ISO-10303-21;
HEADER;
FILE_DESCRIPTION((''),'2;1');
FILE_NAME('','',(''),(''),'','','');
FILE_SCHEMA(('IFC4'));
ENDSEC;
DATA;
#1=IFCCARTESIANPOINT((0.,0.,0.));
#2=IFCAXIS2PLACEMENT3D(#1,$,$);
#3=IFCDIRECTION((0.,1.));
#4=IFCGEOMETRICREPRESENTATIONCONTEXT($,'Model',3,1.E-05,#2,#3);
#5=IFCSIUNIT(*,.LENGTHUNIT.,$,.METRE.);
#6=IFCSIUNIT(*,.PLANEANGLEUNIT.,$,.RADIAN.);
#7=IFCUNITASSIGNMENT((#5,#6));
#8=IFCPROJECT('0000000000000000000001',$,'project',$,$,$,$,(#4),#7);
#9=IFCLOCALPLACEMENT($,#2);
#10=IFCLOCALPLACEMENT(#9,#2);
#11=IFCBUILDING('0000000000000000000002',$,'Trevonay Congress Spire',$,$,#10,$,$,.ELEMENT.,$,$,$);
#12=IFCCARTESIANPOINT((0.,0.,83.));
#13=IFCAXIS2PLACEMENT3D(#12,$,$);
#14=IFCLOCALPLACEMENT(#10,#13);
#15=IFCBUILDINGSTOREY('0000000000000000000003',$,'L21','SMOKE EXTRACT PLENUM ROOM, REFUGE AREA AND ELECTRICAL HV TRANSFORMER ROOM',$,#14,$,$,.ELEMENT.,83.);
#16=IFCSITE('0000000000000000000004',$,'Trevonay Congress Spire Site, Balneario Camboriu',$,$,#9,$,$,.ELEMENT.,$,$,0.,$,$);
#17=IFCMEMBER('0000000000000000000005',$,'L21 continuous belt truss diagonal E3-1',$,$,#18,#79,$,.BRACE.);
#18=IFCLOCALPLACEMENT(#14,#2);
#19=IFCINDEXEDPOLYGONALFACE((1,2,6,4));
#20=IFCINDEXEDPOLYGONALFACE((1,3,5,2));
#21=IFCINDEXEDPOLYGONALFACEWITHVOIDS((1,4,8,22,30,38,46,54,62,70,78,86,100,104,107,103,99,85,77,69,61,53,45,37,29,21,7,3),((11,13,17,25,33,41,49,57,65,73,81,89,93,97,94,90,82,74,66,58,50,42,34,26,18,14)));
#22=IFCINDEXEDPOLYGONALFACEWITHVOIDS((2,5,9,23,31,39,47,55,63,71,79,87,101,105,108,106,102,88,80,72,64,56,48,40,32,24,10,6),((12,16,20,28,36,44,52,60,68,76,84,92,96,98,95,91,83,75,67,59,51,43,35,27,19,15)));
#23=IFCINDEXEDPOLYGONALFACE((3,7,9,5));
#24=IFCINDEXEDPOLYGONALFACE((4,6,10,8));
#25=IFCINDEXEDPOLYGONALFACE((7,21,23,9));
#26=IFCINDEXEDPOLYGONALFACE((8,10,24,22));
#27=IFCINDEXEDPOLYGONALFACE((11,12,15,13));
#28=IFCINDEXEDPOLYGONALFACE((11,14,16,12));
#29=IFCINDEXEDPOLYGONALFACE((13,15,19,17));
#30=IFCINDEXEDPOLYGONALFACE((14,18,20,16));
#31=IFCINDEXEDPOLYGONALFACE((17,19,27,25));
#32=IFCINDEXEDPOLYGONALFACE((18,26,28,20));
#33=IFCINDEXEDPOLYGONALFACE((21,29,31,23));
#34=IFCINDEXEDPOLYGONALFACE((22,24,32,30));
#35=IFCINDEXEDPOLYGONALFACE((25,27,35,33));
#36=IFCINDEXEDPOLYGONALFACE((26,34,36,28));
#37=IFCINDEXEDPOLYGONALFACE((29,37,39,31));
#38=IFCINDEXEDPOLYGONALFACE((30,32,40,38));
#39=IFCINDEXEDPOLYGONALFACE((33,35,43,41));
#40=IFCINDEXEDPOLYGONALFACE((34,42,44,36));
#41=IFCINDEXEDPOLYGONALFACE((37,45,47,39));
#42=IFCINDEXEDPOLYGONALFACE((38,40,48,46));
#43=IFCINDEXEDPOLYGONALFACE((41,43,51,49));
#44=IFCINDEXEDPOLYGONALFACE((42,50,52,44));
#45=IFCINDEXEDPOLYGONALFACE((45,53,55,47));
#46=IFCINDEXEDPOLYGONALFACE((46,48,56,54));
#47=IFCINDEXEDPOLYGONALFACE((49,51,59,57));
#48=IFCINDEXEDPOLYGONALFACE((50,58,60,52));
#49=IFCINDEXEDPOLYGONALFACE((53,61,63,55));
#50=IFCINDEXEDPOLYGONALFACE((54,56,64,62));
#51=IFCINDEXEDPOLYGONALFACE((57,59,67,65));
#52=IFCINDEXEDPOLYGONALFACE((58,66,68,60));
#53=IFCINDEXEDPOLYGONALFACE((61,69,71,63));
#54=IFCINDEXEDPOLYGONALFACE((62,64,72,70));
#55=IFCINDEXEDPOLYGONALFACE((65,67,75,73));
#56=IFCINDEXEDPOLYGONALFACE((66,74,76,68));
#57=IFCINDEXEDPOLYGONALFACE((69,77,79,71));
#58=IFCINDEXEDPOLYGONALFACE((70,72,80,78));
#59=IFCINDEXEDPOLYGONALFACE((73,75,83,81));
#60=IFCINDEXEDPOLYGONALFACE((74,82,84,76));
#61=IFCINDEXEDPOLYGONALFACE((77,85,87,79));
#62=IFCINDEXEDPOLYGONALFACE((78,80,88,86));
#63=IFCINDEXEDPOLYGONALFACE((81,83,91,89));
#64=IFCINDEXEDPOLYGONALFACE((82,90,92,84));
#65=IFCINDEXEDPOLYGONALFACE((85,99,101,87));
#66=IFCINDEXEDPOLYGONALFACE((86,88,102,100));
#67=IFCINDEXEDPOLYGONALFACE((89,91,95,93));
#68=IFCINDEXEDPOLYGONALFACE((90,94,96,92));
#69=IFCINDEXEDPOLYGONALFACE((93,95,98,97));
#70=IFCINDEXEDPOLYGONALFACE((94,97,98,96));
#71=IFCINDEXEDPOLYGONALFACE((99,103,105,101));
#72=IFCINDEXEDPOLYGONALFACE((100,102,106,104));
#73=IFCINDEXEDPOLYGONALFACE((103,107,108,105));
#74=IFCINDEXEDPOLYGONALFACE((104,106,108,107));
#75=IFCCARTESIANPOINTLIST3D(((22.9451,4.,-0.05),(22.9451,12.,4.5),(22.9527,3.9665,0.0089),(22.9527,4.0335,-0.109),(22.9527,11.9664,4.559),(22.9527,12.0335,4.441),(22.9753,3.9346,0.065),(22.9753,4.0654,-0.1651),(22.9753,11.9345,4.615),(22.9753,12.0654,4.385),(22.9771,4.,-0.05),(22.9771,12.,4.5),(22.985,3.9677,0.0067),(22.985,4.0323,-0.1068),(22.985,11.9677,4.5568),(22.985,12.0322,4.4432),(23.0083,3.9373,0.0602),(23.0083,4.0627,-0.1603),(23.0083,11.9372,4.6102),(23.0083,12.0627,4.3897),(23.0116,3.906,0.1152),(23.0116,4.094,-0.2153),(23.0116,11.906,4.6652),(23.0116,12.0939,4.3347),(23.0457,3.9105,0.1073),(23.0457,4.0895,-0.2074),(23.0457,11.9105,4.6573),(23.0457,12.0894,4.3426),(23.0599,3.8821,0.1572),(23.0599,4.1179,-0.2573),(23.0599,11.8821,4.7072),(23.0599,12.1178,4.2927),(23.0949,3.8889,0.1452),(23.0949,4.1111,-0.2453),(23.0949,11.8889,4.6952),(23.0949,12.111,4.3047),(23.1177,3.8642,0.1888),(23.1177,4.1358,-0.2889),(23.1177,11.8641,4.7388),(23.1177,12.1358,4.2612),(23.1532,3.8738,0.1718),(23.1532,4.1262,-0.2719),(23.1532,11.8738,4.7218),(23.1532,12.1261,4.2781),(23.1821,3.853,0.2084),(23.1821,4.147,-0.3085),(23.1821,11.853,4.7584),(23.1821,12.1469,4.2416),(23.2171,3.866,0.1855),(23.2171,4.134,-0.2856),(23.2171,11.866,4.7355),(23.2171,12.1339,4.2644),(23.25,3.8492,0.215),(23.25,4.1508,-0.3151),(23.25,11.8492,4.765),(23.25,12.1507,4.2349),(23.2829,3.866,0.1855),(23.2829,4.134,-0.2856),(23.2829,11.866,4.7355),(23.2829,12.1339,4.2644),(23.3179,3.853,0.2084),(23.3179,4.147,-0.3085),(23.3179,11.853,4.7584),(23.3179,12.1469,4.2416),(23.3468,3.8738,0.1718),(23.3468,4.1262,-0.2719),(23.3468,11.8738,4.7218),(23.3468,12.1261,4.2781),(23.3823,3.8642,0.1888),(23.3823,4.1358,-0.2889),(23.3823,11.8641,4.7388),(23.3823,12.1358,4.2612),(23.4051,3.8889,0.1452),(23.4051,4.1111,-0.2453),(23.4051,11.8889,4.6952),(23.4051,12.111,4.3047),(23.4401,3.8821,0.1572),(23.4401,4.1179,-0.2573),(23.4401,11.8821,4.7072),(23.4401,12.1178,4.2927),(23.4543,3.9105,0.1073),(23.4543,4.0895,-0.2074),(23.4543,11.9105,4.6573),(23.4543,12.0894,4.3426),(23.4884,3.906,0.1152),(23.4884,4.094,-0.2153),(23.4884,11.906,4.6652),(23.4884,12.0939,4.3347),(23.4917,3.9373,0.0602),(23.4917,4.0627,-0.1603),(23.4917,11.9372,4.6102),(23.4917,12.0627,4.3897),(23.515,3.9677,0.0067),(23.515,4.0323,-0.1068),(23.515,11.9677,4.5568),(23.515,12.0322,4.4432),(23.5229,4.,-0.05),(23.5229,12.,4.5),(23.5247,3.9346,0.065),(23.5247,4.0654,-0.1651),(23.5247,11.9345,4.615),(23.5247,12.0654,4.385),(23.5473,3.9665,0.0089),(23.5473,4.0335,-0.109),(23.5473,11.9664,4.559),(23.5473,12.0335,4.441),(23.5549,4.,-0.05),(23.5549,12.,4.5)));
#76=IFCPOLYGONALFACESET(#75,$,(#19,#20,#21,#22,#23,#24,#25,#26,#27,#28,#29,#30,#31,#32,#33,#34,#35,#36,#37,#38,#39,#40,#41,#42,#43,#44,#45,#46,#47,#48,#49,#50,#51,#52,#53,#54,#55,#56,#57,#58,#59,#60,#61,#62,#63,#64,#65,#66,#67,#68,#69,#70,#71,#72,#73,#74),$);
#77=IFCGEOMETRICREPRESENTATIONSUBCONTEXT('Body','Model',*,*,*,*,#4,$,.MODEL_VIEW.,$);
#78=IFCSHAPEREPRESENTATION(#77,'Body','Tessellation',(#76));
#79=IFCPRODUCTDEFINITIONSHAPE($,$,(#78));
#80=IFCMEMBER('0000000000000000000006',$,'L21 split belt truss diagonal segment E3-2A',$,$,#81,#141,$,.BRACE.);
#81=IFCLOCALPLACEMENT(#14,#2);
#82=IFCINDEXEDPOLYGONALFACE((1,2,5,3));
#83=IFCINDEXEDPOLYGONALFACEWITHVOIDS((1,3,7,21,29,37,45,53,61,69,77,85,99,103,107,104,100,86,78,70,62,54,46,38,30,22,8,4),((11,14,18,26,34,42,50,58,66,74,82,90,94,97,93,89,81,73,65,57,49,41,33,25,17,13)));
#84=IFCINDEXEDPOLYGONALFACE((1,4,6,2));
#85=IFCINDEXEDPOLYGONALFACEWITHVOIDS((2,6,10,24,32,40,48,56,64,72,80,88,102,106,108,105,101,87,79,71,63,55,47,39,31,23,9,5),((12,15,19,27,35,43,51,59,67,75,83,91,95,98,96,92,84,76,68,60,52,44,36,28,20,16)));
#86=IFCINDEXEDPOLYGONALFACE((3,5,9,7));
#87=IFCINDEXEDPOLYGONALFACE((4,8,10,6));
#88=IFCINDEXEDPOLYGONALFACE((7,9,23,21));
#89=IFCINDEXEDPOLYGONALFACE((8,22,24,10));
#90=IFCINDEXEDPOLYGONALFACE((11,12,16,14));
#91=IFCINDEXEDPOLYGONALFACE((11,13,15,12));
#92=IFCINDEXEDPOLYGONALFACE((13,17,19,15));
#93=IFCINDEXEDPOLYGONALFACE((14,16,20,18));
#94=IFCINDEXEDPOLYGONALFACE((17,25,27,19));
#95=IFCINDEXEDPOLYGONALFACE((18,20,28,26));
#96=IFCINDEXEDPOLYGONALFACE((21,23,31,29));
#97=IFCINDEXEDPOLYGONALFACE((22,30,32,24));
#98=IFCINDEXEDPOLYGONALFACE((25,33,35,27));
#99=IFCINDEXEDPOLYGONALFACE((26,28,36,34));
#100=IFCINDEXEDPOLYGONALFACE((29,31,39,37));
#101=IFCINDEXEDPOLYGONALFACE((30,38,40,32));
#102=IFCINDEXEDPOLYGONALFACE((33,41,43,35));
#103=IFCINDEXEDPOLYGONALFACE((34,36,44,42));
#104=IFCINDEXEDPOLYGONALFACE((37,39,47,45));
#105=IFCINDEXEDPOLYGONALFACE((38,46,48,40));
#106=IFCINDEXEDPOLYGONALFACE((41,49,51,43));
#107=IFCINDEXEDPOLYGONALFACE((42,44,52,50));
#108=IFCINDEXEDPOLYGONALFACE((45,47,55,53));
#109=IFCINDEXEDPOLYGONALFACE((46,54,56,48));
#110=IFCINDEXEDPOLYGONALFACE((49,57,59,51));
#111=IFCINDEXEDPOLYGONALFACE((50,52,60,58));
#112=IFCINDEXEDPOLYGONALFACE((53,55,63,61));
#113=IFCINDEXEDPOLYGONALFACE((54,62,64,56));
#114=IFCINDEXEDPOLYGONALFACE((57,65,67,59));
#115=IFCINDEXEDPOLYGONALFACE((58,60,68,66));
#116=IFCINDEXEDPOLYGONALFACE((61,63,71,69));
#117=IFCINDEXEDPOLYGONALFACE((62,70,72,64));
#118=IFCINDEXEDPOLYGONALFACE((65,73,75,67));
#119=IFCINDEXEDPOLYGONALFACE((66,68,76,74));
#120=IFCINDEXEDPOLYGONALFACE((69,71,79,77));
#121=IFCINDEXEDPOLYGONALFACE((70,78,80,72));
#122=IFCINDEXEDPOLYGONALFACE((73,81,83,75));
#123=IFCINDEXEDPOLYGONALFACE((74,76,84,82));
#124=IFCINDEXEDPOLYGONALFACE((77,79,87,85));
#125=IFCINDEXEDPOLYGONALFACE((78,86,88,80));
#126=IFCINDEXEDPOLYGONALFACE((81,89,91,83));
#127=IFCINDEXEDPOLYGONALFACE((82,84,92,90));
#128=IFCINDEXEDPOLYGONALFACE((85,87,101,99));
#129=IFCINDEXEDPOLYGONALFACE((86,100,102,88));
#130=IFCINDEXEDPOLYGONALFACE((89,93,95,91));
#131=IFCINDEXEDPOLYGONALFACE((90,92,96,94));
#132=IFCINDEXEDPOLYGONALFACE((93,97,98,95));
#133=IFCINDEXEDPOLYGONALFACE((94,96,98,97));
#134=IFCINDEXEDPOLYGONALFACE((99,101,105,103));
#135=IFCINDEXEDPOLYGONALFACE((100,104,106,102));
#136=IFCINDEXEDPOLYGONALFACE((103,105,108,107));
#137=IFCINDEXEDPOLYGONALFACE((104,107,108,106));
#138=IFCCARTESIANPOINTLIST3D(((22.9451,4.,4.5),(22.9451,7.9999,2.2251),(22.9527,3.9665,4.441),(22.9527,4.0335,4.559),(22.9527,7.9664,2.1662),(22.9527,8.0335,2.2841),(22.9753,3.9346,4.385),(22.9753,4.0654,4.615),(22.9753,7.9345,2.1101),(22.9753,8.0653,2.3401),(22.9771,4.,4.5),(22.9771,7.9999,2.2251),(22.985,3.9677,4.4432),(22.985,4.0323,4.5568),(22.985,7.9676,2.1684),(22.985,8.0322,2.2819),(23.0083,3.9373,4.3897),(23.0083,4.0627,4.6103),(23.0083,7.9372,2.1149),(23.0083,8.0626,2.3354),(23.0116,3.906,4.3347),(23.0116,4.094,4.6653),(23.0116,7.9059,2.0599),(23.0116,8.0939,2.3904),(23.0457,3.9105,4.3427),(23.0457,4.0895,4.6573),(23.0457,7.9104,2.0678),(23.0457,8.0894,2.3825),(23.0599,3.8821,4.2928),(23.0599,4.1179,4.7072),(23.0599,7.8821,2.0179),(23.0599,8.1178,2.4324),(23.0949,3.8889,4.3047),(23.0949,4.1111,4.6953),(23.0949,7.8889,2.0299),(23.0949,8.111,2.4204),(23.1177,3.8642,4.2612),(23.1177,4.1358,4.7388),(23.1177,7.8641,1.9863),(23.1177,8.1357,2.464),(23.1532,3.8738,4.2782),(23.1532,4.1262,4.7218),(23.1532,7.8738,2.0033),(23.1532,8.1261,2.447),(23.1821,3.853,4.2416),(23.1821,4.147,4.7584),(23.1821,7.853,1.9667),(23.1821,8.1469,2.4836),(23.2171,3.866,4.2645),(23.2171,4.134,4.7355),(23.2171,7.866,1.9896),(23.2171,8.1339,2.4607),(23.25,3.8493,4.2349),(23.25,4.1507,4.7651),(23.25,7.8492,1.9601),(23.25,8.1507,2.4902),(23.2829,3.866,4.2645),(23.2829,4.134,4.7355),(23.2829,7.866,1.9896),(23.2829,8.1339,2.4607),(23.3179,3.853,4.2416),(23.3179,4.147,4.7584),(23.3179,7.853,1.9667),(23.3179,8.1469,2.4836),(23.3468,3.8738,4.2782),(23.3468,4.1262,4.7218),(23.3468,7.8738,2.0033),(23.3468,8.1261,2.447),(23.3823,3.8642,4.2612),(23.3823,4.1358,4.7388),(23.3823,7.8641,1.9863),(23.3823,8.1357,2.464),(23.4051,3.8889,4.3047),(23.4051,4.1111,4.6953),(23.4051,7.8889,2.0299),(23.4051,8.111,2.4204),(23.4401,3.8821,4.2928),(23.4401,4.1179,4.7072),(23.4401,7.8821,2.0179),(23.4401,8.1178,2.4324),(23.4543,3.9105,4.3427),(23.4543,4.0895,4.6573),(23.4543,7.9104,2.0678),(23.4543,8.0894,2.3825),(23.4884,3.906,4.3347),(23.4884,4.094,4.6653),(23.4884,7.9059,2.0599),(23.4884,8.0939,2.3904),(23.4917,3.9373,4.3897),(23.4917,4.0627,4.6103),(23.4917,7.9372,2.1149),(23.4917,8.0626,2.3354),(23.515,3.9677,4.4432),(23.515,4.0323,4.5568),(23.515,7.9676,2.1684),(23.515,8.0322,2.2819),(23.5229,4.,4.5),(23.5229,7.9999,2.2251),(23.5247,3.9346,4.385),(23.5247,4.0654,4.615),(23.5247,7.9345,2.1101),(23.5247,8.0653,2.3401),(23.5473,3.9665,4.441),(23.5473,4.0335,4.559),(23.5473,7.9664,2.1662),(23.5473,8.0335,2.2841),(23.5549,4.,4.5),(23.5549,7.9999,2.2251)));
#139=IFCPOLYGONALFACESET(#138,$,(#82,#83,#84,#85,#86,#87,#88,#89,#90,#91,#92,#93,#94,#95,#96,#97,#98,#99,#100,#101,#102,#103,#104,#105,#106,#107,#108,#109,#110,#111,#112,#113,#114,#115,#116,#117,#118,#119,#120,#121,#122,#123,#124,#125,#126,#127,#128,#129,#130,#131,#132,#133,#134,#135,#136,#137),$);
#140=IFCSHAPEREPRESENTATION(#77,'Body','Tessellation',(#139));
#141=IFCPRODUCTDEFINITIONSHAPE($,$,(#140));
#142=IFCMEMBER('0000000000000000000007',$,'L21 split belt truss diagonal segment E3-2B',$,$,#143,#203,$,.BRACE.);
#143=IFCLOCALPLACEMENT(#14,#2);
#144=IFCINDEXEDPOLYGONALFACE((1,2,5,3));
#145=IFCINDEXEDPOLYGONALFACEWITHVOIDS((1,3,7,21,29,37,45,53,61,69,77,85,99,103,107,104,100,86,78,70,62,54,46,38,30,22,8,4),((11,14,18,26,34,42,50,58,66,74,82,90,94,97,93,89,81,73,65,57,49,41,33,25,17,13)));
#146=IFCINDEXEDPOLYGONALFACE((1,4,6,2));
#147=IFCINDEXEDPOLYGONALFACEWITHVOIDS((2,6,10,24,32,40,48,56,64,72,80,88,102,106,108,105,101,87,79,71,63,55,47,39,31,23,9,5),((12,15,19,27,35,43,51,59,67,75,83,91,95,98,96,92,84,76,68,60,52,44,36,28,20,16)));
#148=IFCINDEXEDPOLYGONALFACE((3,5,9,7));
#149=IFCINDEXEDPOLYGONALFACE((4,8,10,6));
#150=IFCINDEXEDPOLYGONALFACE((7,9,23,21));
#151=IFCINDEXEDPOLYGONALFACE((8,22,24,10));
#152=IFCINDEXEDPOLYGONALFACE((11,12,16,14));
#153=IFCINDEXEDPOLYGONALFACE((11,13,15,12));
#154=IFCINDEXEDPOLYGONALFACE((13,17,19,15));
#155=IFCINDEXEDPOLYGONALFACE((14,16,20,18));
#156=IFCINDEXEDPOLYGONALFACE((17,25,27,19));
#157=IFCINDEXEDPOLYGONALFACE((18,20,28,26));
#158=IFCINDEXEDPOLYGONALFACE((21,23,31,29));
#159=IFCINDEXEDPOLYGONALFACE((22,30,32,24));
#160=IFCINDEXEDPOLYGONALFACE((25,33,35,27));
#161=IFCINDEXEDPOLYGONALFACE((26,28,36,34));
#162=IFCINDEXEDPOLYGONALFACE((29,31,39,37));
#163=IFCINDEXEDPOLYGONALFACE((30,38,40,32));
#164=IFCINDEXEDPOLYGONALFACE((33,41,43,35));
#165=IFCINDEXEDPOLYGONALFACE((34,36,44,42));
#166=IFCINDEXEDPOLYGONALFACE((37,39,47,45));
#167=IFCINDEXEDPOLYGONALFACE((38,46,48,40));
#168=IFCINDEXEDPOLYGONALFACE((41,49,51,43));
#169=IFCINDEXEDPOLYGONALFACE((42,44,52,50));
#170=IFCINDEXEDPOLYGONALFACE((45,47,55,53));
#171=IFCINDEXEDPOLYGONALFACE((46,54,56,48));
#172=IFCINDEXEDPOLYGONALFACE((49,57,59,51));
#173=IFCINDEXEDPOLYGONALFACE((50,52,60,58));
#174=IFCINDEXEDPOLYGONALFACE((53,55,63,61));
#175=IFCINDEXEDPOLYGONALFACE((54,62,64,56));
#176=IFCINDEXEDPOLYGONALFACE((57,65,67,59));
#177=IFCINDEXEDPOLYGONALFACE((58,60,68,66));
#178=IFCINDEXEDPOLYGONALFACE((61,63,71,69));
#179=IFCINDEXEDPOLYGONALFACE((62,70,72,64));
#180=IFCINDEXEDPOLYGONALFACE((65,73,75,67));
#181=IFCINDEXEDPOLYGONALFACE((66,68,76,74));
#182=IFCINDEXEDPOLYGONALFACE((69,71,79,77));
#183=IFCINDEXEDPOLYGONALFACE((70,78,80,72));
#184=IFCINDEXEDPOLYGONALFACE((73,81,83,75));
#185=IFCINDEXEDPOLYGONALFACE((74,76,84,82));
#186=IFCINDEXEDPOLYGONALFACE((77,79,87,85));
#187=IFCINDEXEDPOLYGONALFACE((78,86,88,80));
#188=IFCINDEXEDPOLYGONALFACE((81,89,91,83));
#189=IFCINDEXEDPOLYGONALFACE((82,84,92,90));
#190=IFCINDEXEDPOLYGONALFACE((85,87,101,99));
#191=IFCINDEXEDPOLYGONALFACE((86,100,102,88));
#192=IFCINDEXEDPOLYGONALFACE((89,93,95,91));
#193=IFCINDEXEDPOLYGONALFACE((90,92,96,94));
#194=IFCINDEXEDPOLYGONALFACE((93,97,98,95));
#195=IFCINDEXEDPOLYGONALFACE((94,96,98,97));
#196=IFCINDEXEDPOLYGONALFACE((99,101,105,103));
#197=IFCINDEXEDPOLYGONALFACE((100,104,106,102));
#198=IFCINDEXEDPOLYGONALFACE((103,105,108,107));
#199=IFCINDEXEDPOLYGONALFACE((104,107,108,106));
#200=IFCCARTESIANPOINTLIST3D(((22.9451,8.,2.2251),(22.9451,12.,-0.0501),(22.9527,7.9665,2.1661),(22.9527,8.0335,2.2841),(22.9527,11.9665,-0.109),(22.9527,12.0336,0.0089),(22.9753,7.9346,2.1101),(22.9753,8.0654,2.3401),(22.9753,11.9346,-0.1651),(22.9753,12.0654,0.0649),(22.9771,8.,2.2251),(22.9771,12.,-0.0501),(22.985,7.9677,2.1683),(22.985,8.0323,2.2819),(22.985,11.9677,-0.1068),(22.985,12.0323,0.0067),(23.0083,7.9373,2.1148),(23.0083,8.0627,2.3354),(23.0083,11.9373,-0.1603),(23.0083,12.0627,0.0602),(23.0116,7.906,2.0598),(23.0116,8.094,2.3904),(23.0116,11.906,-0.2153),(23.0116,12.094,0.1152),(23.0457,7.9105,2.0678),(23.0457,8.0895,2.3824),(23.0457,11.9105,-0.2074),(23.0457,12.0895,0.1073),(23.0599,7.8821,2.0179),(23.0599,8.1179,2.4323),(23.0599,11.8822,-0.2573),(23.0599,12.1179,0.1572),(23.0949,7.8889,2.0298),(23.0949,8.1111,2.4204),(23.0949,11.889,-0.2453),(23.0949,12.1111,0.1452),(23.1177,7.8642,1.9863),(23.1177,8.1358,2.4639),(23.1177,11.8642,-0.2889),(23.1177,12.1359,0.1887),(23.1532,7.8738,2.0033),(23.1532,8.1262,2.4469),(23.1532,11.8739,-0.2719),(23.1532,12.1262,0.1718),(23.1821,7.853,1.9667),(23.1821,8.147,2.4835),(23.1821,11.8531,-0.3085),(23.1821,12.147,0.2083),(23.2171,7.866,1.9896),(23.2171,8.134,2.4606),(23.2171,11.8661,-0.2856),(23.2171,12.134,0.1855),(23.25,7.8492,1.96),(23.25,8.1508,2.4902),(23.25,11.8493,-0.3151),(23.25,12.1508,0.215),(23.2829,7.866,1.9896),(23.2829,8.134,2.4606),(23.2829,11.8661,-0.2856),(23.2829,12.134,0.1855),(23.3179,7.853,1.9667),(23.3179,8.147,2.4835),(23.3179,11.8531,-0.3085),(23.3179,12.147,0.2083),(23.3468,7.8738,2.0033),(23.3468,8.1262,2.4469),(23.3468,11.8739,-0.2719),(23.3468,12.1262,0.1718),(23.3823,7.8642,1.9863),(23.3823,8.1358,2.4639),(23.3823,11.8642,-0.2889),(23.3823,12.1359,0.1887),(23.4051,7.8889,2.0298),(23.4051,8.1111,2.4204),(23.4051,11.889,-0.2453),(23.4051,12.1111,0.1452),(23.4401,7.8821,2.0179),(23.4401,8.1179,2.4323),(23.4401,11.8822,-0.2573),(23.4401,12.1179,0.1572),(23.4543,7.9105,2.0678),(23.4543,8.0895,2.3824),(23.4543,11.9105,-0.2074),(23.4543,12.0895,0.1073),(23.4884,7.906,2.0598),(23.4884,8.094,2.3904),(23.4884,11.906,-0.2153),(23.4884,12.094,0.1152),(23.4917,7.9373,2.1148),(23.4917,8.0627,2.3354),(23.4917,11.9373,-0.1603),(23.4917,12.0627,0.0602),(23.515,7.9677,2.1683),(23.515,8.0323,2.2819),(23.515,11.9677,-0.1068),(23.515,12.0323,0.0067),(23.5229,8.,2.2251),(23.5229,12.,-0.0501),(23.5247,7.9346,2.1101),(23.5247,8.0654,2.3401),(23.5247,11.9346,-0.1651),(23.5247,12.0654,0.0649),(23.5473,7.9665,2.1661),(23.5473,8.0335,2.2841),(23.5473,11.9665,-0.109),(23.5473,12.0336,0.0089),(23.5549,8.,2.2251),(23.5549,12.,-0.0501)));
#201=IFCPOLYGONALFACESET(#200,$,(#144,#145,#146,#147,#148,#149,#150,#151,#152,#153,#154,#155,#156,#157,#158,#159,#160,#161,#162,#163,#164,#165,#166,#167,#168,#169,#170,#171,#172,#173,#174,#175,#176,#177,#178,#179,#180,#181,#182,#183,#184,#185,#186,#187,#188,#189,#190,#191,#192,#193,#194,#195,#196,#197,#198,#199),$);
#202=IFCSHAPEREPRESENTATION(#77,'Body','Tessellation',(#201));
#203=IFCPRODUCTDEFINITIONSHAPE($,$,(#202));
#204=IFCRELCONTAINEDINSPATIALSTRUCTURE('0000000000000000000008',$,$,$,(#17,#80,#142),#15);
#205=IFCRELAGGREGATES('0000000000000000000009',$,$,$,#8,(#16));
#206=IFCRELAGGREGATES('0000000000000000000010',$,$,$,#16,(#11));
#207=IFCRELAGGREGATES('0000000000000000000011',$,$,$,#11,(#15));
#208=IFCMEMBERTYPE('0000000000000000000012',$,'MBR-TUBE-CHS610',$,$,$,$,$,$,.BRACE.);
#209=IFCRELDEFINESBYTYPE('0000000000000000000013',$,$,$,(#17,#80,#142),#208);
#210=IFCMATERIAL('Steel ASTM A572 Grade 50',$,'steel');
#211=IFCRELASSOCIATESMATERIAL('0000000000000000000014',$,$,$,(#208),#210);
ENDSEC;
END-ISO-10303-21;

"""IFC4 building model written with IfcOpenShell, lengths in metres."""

from ifc_helpers import new_model, si_unit, direction, frame, origin, origin_2d, place, context, subcontext, project, spatial, hollow_circle, extrude, material, material_profile, profile_set, type_object, element, save


model = new_model("IFC4")

# Units and contexts
model_context = context("Model", 3, precision=1e-05, world=origin(), true_north=direction((0.0, 1.0)))
body_context = subcontext(model_context, "Body", "Model", "MODEL_VIEW")
ifc_project = project(units=[si_unit("LENGTHUNIT", "METRE"), si_unit("PLANEANGLEUNIT", "RADIAN")], contexts=[model_context])

# Site, building, storey
site_placement = place(None, origin())
site = spatial("IfcSite", under=ifc_project, at=site_placement, Name="Trevonay Congress Spire Site, Balneario Camboriu", CompositionType="ELEMENT", RefElevation=0.0)
building_placement = place(site_placement, origin())
building = spatial("IfcBuilding", under=site, at=building_placement, Name="Trevonay Congress Spire", CompositionType="ELEMENT")
storey_placement = place(building_placement, frame((0.0, 0.0, 83.0)))
storey = spatial("IfcBuildingStorey", under=building, at=storey_placement, Name="L21", Description="SMOKE EXTRACT PLENUM ROOM, REFUGE AREA AND ELECTRICAL HV TRANSFORMER ROOM", CompositionType="ELEMENT", Elevation=83.0)

# Shared definitions
ifc_material_1 = material(Name="Steel ASTM A572 Grade 50", Category="steel")

# Members
ifc_material_profile_1 = material_profile(ifc_material_1, hollow_circle(Radius=0.3049, WallThickness=0.032, at=origin_2d()), Name="CHS 610x32")
ifc_profile_set_1 = profile_set([ifc_material_profile_1], Name="Steel ASTM A572 Grade 50")
member_type_1 = type_object("IfcMemberType", Name="MBR-TUBE-CHS610", PredefinedType="BRACE", material=ifc_profile_set_1)
member_1_placement = place(storey_placement, frame((23.25, 4.0, -0.05), z_axis=(0.0, 0.869242, 0.494387), x_axis=(-1.0, 0.0, 0.0)))
element("IfcMember", 1, at=member_1_placement, inside=storey, type_object=member_type_1, Name="L21 continuous belt truss diagonal E3-1", PredefinedType="BRACE", context=body_context, shape_type="SweptSolid", body=[
    extrude(hollow_circle(Radius=0.3049, WallThickness=0.032, at=origin_2d()), origin(), (0.0, 0.0, 1.0), 9.2034),
])
member_2_placement = place(storey_placement, frame((23.25, 4.0, 4.5), z_axis=(0.0, 0.869253, -0.494367), x_axis=(-1.0, 0.0, 0.0)))
element("IfcMember", 2, at=member_2_placement, inside=storey, type_object=member_type_1, Name="L21 split belt truss diagonal segment E3-2A", PredefinedType="BRACE", context=body_context, shape_type="SweptSolid", body=[
    extrude(hollow_circle(Radius=0.3049, WallThickness=0.032, at=origin_2d()), origin(), (0.0, 0.0, 1.0), 4.6016),
])
member_3_placement = place(storey_placement, frame((23.25, 8.0, 2.2251), z_axis=(0.0, 0.869231, -0.494407), x_axis=(-1.0, 0.0, 0.0)))
element("IfcMember", 3, at=member_3_placement, inside=storey, type_object=member_type_1, Name="L21 split belt truss diagonal segment E3-2B", PredefinedType="BRACE", context=body_context, shape_type="SweptSolid", body=[
    extrude(hollow_circle(Radius=0.3049, WallThickness=0.032, at=origin_2d()), origin(), (0.0, 0.0, 1.0), 4.6018),
])

save(model, "model.ifc")
